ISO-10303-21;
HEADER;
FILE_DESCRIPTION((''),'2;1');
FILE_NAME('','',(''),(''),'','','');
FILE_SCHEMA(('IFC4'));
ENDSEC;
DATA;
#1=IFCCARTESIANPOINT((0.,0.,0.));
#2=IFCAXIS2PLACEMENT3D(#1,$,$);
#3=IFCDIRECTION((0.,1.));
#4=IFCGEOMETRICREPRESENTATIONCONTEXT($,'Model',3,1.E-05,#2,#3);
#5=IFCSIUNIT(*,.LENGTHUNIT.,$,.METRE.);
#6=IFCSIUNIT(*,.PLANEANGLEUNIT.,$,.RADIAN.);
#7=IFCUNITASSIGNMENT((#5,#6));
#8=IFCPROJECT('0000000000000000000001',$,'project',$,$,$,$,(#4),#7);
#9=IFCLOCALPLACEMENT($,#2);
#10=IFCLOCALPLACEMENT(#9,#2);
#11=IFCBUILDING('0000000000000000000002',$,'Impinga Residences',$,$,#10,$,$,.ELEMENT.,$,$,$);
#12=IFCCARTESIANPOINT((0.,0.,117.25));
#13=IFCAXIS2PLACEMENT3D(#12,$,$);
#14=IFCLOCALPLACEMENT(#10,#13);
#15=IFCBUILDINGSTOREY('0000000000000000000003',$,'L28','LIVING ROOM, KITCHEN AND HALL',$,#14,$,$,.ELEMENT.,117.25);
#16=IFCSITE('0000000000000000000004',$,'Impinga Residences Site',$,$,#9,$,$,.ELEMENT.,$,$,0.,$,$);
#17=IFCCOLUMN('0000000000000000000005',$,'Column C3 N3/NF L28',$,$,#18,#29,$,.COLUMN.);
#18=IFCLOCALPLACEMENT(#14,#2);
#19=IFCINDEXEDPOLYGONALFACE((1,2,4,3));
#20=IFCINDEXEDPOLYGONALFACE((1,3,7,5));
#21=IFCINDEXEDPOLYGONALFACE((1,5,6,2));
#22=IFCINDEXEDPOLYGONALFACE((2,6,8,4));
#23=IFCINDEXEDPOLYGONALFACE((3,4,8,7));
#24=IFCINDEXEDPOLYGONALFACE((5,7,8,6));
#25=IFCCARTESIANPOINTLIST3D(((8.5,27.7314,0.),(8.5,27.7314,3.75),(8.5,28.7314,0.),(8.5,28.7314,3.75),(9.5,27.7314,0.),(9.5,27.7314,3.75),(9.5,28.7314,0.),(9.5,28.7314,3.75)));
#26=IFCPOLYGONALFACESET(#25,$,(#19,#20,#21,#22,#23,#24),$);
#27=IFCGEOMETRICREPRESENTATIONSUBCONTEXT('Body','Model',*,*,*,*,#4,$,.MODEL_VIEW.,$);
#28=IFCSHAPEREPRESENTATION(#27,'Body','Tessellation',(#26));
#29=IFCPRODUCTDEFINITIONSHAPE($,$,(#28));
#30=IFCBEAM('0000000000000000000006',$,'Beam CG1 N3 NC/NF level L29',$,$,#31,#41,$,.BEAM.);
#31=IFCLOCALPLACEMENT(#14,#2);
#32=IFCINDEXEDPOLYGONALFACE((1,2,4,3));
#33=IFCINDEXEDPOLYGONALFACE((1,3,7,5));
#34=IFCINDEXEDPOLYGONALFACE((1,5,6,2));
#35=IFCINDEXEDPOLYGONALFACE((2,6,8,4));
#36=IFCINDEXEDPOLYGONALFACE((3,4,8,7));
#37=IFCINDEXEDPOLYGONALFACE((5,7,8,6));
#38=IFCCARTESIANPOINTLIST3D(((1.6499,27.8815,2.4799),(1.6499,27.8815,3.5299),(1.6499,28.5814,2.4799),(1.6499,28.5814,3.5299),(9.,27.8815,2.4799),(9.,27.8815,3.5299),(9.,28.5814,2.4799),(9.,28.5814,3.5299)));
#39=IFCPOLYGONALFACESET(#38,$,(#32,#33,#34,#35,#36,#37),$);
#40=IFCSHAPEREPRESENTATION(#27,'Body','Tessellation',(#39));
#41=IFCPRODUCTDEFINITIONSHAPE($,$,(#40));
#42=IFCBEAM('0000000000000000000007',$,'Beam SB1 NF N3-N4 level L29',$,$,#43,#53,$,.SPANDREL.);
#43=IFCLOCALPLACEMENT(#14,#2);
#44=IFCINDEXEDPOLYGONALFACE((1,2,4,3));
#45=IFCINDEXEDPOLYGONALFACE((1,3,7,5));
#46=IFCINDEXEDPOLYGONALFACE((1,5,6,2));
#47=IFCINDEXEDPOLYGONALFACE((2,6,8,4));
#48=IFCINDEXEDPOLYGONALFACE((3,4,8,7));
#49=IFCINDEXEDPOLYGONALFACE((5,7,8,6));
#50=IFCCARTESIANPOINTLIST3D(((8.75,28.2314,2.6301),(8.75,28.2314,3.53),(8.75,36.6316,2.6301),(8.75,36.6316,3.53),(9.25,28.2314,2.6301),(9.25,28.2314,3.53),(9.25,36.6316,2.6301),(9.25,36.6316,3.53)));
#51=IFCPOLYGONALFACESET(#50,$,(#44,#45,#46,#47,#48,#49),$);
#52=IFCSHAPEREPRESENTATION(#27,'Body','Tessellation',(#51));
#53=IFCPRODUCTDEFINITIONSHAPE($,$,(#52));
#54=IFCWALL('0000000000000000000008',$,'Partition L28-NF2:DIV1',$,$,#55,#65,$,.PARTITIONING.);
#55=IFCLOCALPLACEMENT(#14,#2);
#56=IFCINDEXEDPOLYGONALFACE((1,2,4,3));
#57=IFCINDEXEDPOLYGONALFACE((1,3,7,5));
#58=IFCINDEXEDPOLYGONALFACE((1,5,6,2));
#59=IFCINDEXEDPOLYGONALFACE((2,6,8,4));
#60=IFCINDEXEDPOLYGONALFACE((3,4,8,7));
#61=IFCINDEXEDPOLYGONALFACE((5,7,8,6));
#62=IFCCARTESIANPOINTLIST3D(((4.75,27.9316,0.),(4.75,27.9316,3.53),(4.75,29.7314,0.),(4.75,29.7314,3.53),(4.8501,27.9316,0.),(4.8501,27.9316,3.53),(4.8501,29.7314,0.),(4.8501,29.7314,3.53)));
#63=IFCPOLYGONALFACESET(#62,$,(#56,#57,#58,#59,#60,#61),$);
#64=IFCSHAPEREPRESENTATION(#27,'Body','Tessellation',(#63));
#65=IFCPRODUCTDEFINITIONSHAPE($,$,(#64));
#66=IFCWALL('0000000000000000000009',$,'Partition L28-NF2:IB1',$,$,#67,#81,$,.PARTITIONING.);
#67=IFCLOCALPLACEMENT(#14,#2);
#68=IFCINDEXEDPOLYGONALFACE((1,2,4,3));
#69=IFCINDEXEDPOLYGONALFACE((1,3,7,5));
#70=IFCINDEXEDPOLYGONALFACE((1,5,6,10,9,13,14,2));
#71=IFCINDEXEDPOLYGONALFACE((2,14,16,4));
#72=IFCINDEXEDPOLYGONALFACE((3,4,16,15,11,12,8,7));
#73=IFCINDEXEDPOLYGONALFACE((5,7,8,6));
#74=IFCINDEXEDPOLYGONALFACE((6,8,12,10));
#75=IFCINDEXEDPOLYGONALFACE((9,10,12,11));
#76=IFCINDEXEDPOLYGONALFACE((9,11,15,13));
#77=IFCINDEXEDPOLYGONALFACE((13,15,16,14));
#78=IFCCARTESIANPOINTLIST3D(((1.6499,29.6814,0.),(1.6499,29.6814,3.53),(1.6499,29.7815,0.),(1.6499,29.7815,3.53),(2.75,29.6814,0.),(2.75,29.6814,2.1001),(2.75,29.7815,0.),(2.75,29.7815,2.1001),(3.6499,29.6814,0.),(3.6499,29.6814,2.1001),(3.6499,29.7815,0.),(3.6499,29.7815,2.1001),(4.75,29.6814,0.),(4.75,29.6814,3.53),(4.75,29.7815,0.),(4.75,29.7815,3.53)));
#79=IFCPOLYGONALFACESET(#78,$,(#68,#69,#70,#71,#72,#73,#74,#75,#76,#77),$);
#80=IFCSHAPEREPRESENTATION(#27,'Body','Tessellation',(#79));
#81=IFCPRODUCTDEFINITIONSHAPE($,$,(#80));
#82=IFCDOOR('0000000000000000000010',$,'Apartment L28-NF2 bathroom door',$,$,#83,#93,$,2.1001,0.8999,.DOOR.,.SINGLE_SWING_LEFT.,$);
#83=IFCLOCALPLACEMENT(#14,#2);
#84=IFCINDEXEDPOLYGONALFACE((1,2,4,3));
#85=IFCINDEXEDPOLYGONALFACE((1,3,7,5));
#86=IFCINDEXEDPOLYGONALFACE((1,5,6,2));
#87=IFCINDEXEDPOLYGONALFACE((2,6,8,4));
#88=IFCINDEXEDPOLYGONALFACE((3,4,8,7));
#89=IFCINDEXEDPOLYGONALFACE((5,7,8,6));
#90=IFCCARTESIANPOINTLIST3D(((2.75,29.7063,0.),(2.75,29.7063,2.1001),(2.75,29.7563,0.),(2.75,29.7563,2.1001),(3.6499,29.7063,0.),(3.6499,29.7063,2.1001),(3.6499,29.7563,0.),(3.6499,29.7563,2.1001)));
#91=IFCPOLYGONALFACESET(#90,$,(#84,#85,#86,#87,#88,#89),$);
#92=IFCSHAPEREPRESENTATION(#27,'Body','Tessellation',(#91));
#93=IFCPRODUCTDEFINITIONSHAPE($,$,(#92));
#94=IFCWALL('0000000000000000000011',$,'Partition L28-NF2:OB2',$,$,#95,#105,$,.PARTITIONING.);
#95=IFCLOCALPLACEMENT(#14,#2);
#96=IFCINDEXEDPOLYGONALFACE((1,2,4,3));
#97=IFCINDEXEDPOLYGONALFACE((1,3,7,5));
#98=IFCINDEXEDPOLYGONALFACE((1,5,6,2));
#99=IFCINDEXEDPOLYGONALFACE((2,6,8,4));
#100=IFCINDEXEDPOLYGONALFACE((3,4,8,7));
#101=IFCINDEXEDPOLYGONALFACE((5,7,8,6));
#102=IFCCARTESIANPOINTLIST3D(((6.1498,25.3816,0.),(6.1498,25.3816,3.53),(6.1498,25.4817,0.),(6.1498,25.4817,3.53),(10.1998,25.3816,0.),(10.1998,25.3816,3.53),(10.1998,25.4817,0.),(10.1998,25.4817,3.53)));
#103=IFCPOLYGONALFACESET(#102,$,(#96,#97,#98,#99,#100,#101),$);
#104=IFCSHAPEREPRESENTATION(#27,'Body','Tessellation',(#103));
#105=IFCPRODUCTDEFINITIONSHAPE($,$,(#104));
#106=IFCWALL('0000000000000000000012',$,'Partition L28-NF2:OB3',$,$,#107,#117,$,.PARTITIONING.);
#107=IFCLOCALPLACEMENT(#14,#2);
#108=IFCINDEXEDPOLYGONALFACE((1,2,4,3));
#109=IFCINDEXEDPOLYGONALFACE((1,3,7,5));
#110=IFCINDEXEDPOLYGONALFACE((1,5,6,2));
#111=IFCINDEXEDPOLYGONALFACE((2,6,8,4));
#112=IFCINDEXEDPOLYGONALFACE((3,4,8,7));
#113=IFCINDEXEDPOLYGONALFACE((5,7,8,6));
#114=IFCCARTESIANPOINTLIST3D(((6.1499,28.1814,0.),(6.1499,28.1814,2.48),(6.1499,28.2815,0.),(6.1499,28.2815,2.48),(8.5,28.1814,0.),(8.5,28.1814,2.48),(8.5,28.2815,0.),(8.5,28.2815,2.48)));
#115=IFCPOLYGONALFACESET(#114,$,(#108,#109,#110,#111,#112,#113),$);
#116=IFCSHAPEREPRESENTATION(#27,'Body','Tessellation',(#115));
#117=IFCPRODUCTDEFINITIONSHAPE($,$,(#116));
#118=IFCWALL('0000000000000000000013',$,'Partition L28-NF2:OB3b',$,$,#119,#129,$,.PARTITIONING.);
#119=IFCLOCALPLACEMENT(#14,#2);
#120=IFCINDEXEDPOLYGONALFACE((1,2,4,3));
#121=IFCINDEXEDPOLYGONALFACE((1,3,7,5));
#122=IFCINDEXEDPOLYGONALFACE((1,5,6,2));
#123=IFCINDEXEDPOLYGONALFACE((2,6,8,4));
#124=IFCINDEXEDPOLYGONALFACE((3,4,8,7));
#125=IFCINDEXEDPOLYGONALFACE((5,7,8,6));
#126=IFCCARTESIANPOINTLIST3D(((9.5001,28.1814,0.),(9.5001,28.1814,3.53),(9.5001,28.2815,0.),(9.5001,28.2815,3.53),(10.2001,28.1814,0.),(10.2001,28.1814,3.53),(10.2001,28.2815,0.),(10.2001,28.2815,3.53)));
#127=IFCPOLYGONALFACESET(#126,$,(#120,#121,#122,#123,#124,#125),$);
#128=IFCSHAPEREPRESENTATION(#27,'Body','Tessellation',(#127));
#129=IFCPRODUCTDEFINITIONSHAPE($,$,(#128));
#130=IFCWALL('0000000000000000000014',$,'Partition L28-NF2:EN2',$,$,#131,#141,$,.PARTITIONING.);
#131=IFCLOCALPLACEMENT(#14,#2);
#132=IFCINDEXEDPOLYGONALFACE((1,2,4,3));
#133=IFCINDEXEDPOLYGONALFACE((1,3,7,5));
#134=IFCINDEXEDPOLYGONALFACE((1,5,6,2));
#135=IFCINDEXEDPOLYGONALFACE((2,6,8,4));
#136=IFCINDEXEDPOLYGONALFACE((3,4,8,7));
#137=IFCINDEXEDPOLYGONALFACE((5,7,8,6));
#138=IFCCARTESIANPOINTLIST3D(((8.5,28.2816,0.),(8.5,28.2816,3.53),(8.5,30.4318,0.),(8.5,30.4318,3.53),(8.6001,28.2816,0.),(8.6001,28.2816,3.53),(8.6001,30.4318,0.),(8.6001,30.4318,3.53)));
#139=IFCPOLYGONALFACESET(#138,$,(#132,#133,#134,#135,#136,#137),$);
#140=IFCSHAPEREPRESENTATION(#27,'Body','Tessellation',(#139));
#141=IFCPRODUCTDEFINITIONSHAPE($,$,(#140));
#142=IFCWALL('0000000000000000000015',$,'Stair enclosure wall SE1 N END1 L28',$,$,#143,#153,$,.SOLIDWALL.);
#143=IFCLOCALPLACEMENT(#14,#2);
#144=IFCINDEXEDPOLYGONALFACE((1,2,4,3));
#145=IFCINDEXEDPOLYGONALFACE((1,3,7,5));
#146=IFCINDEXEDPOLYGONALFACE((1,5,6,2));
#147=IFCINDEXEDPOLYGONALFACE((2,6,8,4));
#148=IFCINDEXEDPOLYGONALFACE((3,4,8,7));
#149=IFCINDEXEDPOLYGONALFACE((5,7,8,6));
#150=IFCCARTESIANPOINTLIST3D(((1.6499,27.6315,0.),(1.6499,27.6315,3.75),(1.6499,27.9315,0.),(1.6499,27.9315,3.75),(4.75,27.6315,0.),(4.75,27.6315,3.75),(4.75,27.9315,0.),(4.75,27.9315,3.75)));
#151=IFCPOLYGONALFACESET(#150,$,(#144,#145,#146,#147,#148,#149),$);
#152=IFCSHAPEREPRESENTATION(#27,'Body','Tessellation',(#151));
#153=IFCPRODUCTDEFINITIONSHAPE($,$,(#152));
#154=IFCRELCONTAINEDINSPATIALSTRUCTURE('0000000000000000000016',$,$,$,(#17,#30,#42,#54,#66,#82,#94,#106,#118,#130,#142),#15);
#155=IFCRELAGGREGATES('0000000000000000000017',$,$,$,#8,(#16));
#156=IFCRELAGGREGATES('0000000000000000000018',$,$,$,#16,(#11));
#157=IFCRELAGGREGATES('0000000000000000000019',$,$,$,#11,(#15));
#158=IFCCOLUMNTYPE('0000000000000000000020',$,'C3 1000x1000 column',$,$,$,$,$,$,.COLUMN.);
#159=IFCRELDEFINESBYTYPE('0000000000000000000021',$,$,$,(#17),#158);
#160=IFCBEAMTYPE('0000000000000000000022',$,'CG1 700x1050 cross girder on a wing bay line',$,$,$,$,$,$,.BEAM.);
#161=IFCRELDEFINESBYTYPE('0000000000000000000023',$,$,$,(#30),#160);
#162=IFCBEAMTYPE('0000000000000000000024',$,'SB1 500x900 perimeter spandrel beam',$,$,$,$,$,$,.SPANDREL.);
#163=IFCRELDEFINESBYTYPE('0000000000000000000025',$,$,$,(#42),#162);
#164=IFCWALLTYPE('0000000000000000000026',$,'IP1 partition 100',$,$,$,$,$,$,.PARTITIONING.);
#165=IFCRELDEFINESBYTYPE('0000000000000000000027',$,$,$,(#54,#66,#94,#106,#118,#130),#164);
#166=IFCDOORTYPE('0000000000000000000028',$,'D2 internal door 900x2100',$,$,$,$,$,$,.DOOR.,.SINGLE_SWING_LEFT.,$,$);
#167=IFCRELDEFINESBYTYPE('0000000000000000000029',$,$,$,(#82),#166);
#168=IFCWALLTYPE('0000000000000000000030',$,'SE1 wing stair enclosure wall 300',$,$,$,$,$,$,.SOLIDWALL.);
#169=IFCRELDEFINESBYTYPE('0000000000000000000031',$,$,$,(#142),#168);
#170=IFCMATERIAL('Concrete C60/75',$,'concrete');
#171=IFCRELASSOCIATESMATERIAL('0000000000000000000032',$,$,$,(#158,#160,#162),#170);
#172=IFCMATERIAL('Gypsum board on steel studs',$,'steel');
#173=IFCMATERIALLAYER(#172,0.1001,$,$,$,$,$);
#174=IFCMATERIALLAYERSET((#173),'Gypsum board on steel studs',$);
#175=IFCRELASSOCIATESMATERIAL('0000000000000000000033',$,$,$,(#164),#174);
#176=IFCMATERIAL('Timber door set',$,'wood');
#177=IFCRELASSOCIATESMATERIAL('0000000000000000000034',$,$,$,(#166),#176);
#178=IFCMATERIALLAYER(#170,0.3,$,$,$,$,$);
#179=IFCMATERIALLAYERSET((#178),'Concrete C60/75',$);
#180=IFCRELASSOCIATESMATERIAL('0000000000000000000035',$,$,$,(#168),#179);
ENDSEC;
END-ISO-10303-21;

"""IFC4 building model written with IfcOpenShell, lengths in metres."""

from ifc_helpers import new_model, si_unit, direction, frame, frame_2d, origin, origin_2d, place, context, subcontext, project, spatial, rectangle, extrude, material, layer, layer_set, material_profile, profile_set, type_object, element, fill, save


model = new_model("IFC4")

# Units and contexts
model_context = context("Model", 3, precision=1e-05, world=origin(), true_north=direction((0.0, 1.0)))
body_context = subcontext(model_context, "Body", "Model", "MODEL_VIEW")
ifc_project = project(units=[si_unit("LENGTHUNIT", "METRE"), si_unit("PLANEANGLEUNIT", "RADIAN")], contexts=[model_context])

# Site, building, storey
site_placement = place(None, origin())
site = spatial("IfcSite", under=ifc_project, at=site_placement, Name="Impinga Residences Site", CompositionType="ELEMENT", RefElevation=0.0)
building_placement = place(site_placement, origin())
building = spatial("IfcBuilding", under=site, at=building_placement, Name="Impinga Residences", CompositionType="ELEMENT")
storey_placement = place(building_placement, frame((0.0, 0.0, 117.25)))
storey = spatial("IfcBuildingStorey", under=building, at=storey_placement, Name="L28", Description="LIVING ROOM, KITCHEN AND HALL", CompositionType="ELEMENT", Elevation=117.25)

# Column
ifc_material_1 = material(Name="Concrete C60/75", Category="concrete")
ifc_material_profile_1 = material_profile(ifc_material_1, rectangle(XDim=1.0, YDim=1.0, at=origin_2d()), Name="RC 1000x1000")
ifc_profile_set_1 = profile_set([ifc_material_profile_1], Name="Concrete C60/75")
column_type = type_object("IfcColumnType", Name="C3 1000x1000 column", PredefinedType="COLUMN", material=ifc_profile_set_1)
column_placement = place(storey_placement, frame((9.0, 28.2314, 0.0), z_axis=(0.0, 0.0, 1.0), x_axis=(1.0, 0.0, 0.0)))
element("IfcColumn", 1, at=column_placement, inside=storey, type_object=column_type, Name="Column C3 N3/NF L28", PredefinedType="COLUMN", context=body_context, shape_type="SweptSolid", body=[
    extrude(rectangle(XDim=1.0, YDim=1.0, at=origin_2d()), origin(), (0.0, 0.0, 1.0), 3.75),
])

# Beams
ifc_material_profile_2 = material_profile(ifc_material_1, rectangle(XDim=0.7, YDim=1.05, at=origin_2d()), Name="RC 700x1050")
ifc_profile_set_2 = profile_set([ifc_material_profile_2], Name="Concrete C60/75")
beam_type_1 = type_object("IfcBeamType", Name="CG1 700x1050 cross girder on a wing bay line", PredefinedType="BEAM", material=ifc_profile_set_2)
beam_1_placement = place(storey_placement, frame((1.6499, 28.2314, 3.0049), z_axis=(1.0, 0.0, 0.0), x_axis=(0.0, 1.0, 0.0)))
element("IfcBeam", 2, at=beam_1_placement, inside=storey, type_object=beam_type_1, Name="Beam CG1 N3 NC/NF level L29", PredefinedType="BEAM", context=body_context, shape_type="SweptSolid", body=[
    extrude(rectangle(XDim=0.7, YDim=1.05, at=origin_2d()), origin(), (0.0, 0.0, 1.0), 7.3501),
])
ifc_material_profile_3 = material_profile(ifc_material_1, rectangle(XDim=0.5, YDim=0.8999, at=origin_2d()), Name="RC 500x900")
ifc_profile_set_3 = profile_set([ifc_material_profile_3], Name="Concrete C60/75")
beam_type_2 = type_object("IfcBeamType", Name="SB1 500x900 perimeter spandrel beam", PredefinedType="SPANDREL", material=ifc_profile_set_3)
beam_2_placement = place(storey_placement, frame((9.0, 28.2314, 3.0801), z_axis=(0.0, 1.0, 0.0), x_axis=(-1.0, 0.0, 0.0)))
element("IfcBeam", 3, at=beam_2_placement, inside=storey, type_object=beam_type_2, Name="Beam SB1 NF N3-N4 level L29", PredefinedType="SPANDREL", context=body_context, shape_type="SweptSolid", body=[
    extrude(rectangle(XDim=0.5, YDim=0.8999, at=origin_2d()), origin(), (0.0, 0.0, 1.0), 8.4001),
])

# Wall
ifc_material_2 = material(Name="Gypsum board on steel studs", Category="steel")
ifc_layer_1 = layer(ifc_material_2, 0.1001)
ifc_layer_set_1 = layer_set([ifc_layer_1], Name="Gypsum board on steel studs")
wall_type_1 = type_object("IfcWallType", Name="IP1 partition 100", PredefinedType="PARTITIONING", material=ifc_layer_set_1)
wall_1_placement = place(storey_placement, frame((4.8, 27.9316, 0.0), z_axis=(0.0, 0.0, 1.0), x_axis=(0.0, 1.0, 0.0)))
element("IfcWall", 4, at=wall_1_placement, inside=storey, type_object=wall_type_1, Name="Partition L28-NF2:DIV1", PredefinedType="PARTITIONING", context=body_context, shape_type="SweptSolid", body=[
    extrude(rectangle(XDim=1.7998, YDim=0.1001, at=frame_2d((0.8999, 0.0))), origin(), (0.0, 0.0, 1.0), 3.53),
])

# Wall, opening, door
wall_2_placement = place(storey_placement, frame((1.6499, 29.7314, 0.0), z_axis=(0.0, 0.0, 1.0), x_axis=(1.0, 0.0, 0.0)))
wall_2 = element("IfcWall", 5, at=wall_2_placement, inside=storey, type_object=wall_type_1, Name="Partition L28-NF2:IB1", PredefinedType="PARTITIONING", context=body_context, shape_type="SweptSolid", body=[
    extrude(rectangle(XDim=3.1001, YDim=0.1001, at=frame_2d((1.55, 0.0))), origin(), (0.0, 0.0, 1.0), 3.53),
])
opening_placement = place(wall_2_placement, frame((1.1001, 0.0, 0.0)))
opening = element("IfcOpeningElement", 6, at=opening_placement, cuts=wall_2, PredefinedType="OPENING", context=body_context, shape_type="SweptSolid", body=[
    extrude(rectangle(XDim=0.8999, YDim=2.1001, at=frame_2d((0.45, 1.05))), frame((0.0, 0.0601, 0.0), z_axis=(0.0, -1.0, 0.0), x_axis=(1.0, 0.0, 0.0)), (0.0, 0.0, 1.0), 0.1201),
])
ifc_material_3 = material(Name="Timber door set", Category="wood")
door_type = type_object("IfcDoorType", Name="D2 internal door 900x2100", OperationType="SINGLE_SWING_LEFT", PredefinedType="DOOR", material=ifc_material_3)
door_placement = place(opening_placement, origin())
door = element("IfcDoor", 7, at=door_placement, inside=storey, type_object=door_type, Name="Apartment L28-NF2 bathroom door", OperationType="SINGLE_SWING_LEFT", OverallHeight=2.1001, OverallWidth=0.8999, PredefinedType="DOOR", context=body_context, shape_type="SweptSolid", body=[
    extrude(rectangle(XDim=0.8999, YDim=2.1001, at=frame_2d((0.45, 1.05))), frame((0.0, 0.0249, 0.0), z_axis=(0.0, -1.0, 0.0), x_axis=(1.0, 0.0, 0.0)), (0.0, 0.0, 1.0), 0.05),
])
fill(opening, door)

# Walls
wall_3_placement = place(storey_placement, frame((6.1499, 25.4316, 0.0), z_axis=(0.0, 0.0, 1.0), x_axis=(1.0, 0.0, 0.0)))
element("IfcWall", 8, at=wall_3_placement, inside=storey, type_object=wall_type_1, Name="Partition L28-NF2:OB2", PredefinedType="PARTITIONING", context=body_context, shape_type="SweptSolid", body=[
    extrude(rectangle(XDim=4.05, YDim=0.1001, at=frame_2d((2.0249, 0.0))), origin(), (0.0, 0.0, 1.0), 3.53),
])
wall_4_placement = place(storey_placement, frame((6.1499, 28.2314, 0.0), z_axis=(0.0, 0.0, 1.0), x_axis=(1.0, 0.0, 0.0)))
element("IfcWall", 9, at=wall_4_placement, inside=storey, type_object=wall_type_1, Name="Partition L28-NF2:OB3", PredefinedType="PARTITIONING", context=body_context, shape_type="SweptSolid", body=[
    extrude(rectangle(XDim=2.3501, YDim=0.1001, at=frame_2d((1.175, 0.0))), origin(), (0.0, 0.0, 1.0), 2.48),
])
wall_5_placement = place(storey_placement, frame((9.5, 28.2314, 0.0), z_axis=(0.0, 0.0, 1.0), x_axis=(1.0, 0.0, 0.0)))
element("IfcWall", 10, at=wall_5_placement, inside=storey, type_object=wall_type_1, Name="Partition L28-NF2:OB3b", PredefinedType="PARTITIONING", context=body_context, shape_type="SweptSolid", body=[
    extrude(rectangle(XDim=0.7, YDim=0.1001, at=frame_2d((0.3501, 0.0))), origin(), (0.0, 0.0, 1.0), 3.53),
])
wall_6_placement = place(storey_placement, frame((8.55, 28.2815, 0.0), z_axis=(0.0, 0.0, 1.0), x_axis=(0.0, 1.0, 0.0)))
element("IfcWall", 11, at=wall_6_placement, inside=storey, type_object=wall_type_1, Name="Partition L28-NF2:EN2", PredefinedType="PARTITIONING", context=body_context, shape_type="SweptSolid", body=[
    extrude(rectangle(XDim=2.1501, YDim=0.1001, at=frame_2d((1.0752, 0.0))), origin(), (0.0, 0.0, 1.0), 3.53),
])
ifc_layer_2 = layer(ifc_material_1, 0.3)
ifc_layer_set_2 = layer_set([ifc_layer_2], Name="Concrete C60/75")
wall_type_2 = type_object("IfcWallType", Name="SE1 wing stair enclosure wall 300", PredefinedType="SOLIDWALL", material=ifc_layer_set_2)
wall_7_placement = place(storey_placement, frame((1.6499, 27.7815, 0.0), z_axis=(0.0, 0.0, 1.0), x_axis=(1.0, 0.0, 0.0)))
element("IfcWall", 12, at=wall_7_placement, inside=storey, type_object=wall_type_2, Name="Stair enclosure wall SE1 N END1 L28", PredefinedType="SOLIDWALL", context=body_context, shape_type="SweptSolid", body=[
    extrude(rectangle(XDim=3.1001, YDim=0.3, at=frame_2d((1.55, 0.0))), origin(), (0.0, 0.0, 1.0), 3.75),
])

save(model, "model.ifc")
